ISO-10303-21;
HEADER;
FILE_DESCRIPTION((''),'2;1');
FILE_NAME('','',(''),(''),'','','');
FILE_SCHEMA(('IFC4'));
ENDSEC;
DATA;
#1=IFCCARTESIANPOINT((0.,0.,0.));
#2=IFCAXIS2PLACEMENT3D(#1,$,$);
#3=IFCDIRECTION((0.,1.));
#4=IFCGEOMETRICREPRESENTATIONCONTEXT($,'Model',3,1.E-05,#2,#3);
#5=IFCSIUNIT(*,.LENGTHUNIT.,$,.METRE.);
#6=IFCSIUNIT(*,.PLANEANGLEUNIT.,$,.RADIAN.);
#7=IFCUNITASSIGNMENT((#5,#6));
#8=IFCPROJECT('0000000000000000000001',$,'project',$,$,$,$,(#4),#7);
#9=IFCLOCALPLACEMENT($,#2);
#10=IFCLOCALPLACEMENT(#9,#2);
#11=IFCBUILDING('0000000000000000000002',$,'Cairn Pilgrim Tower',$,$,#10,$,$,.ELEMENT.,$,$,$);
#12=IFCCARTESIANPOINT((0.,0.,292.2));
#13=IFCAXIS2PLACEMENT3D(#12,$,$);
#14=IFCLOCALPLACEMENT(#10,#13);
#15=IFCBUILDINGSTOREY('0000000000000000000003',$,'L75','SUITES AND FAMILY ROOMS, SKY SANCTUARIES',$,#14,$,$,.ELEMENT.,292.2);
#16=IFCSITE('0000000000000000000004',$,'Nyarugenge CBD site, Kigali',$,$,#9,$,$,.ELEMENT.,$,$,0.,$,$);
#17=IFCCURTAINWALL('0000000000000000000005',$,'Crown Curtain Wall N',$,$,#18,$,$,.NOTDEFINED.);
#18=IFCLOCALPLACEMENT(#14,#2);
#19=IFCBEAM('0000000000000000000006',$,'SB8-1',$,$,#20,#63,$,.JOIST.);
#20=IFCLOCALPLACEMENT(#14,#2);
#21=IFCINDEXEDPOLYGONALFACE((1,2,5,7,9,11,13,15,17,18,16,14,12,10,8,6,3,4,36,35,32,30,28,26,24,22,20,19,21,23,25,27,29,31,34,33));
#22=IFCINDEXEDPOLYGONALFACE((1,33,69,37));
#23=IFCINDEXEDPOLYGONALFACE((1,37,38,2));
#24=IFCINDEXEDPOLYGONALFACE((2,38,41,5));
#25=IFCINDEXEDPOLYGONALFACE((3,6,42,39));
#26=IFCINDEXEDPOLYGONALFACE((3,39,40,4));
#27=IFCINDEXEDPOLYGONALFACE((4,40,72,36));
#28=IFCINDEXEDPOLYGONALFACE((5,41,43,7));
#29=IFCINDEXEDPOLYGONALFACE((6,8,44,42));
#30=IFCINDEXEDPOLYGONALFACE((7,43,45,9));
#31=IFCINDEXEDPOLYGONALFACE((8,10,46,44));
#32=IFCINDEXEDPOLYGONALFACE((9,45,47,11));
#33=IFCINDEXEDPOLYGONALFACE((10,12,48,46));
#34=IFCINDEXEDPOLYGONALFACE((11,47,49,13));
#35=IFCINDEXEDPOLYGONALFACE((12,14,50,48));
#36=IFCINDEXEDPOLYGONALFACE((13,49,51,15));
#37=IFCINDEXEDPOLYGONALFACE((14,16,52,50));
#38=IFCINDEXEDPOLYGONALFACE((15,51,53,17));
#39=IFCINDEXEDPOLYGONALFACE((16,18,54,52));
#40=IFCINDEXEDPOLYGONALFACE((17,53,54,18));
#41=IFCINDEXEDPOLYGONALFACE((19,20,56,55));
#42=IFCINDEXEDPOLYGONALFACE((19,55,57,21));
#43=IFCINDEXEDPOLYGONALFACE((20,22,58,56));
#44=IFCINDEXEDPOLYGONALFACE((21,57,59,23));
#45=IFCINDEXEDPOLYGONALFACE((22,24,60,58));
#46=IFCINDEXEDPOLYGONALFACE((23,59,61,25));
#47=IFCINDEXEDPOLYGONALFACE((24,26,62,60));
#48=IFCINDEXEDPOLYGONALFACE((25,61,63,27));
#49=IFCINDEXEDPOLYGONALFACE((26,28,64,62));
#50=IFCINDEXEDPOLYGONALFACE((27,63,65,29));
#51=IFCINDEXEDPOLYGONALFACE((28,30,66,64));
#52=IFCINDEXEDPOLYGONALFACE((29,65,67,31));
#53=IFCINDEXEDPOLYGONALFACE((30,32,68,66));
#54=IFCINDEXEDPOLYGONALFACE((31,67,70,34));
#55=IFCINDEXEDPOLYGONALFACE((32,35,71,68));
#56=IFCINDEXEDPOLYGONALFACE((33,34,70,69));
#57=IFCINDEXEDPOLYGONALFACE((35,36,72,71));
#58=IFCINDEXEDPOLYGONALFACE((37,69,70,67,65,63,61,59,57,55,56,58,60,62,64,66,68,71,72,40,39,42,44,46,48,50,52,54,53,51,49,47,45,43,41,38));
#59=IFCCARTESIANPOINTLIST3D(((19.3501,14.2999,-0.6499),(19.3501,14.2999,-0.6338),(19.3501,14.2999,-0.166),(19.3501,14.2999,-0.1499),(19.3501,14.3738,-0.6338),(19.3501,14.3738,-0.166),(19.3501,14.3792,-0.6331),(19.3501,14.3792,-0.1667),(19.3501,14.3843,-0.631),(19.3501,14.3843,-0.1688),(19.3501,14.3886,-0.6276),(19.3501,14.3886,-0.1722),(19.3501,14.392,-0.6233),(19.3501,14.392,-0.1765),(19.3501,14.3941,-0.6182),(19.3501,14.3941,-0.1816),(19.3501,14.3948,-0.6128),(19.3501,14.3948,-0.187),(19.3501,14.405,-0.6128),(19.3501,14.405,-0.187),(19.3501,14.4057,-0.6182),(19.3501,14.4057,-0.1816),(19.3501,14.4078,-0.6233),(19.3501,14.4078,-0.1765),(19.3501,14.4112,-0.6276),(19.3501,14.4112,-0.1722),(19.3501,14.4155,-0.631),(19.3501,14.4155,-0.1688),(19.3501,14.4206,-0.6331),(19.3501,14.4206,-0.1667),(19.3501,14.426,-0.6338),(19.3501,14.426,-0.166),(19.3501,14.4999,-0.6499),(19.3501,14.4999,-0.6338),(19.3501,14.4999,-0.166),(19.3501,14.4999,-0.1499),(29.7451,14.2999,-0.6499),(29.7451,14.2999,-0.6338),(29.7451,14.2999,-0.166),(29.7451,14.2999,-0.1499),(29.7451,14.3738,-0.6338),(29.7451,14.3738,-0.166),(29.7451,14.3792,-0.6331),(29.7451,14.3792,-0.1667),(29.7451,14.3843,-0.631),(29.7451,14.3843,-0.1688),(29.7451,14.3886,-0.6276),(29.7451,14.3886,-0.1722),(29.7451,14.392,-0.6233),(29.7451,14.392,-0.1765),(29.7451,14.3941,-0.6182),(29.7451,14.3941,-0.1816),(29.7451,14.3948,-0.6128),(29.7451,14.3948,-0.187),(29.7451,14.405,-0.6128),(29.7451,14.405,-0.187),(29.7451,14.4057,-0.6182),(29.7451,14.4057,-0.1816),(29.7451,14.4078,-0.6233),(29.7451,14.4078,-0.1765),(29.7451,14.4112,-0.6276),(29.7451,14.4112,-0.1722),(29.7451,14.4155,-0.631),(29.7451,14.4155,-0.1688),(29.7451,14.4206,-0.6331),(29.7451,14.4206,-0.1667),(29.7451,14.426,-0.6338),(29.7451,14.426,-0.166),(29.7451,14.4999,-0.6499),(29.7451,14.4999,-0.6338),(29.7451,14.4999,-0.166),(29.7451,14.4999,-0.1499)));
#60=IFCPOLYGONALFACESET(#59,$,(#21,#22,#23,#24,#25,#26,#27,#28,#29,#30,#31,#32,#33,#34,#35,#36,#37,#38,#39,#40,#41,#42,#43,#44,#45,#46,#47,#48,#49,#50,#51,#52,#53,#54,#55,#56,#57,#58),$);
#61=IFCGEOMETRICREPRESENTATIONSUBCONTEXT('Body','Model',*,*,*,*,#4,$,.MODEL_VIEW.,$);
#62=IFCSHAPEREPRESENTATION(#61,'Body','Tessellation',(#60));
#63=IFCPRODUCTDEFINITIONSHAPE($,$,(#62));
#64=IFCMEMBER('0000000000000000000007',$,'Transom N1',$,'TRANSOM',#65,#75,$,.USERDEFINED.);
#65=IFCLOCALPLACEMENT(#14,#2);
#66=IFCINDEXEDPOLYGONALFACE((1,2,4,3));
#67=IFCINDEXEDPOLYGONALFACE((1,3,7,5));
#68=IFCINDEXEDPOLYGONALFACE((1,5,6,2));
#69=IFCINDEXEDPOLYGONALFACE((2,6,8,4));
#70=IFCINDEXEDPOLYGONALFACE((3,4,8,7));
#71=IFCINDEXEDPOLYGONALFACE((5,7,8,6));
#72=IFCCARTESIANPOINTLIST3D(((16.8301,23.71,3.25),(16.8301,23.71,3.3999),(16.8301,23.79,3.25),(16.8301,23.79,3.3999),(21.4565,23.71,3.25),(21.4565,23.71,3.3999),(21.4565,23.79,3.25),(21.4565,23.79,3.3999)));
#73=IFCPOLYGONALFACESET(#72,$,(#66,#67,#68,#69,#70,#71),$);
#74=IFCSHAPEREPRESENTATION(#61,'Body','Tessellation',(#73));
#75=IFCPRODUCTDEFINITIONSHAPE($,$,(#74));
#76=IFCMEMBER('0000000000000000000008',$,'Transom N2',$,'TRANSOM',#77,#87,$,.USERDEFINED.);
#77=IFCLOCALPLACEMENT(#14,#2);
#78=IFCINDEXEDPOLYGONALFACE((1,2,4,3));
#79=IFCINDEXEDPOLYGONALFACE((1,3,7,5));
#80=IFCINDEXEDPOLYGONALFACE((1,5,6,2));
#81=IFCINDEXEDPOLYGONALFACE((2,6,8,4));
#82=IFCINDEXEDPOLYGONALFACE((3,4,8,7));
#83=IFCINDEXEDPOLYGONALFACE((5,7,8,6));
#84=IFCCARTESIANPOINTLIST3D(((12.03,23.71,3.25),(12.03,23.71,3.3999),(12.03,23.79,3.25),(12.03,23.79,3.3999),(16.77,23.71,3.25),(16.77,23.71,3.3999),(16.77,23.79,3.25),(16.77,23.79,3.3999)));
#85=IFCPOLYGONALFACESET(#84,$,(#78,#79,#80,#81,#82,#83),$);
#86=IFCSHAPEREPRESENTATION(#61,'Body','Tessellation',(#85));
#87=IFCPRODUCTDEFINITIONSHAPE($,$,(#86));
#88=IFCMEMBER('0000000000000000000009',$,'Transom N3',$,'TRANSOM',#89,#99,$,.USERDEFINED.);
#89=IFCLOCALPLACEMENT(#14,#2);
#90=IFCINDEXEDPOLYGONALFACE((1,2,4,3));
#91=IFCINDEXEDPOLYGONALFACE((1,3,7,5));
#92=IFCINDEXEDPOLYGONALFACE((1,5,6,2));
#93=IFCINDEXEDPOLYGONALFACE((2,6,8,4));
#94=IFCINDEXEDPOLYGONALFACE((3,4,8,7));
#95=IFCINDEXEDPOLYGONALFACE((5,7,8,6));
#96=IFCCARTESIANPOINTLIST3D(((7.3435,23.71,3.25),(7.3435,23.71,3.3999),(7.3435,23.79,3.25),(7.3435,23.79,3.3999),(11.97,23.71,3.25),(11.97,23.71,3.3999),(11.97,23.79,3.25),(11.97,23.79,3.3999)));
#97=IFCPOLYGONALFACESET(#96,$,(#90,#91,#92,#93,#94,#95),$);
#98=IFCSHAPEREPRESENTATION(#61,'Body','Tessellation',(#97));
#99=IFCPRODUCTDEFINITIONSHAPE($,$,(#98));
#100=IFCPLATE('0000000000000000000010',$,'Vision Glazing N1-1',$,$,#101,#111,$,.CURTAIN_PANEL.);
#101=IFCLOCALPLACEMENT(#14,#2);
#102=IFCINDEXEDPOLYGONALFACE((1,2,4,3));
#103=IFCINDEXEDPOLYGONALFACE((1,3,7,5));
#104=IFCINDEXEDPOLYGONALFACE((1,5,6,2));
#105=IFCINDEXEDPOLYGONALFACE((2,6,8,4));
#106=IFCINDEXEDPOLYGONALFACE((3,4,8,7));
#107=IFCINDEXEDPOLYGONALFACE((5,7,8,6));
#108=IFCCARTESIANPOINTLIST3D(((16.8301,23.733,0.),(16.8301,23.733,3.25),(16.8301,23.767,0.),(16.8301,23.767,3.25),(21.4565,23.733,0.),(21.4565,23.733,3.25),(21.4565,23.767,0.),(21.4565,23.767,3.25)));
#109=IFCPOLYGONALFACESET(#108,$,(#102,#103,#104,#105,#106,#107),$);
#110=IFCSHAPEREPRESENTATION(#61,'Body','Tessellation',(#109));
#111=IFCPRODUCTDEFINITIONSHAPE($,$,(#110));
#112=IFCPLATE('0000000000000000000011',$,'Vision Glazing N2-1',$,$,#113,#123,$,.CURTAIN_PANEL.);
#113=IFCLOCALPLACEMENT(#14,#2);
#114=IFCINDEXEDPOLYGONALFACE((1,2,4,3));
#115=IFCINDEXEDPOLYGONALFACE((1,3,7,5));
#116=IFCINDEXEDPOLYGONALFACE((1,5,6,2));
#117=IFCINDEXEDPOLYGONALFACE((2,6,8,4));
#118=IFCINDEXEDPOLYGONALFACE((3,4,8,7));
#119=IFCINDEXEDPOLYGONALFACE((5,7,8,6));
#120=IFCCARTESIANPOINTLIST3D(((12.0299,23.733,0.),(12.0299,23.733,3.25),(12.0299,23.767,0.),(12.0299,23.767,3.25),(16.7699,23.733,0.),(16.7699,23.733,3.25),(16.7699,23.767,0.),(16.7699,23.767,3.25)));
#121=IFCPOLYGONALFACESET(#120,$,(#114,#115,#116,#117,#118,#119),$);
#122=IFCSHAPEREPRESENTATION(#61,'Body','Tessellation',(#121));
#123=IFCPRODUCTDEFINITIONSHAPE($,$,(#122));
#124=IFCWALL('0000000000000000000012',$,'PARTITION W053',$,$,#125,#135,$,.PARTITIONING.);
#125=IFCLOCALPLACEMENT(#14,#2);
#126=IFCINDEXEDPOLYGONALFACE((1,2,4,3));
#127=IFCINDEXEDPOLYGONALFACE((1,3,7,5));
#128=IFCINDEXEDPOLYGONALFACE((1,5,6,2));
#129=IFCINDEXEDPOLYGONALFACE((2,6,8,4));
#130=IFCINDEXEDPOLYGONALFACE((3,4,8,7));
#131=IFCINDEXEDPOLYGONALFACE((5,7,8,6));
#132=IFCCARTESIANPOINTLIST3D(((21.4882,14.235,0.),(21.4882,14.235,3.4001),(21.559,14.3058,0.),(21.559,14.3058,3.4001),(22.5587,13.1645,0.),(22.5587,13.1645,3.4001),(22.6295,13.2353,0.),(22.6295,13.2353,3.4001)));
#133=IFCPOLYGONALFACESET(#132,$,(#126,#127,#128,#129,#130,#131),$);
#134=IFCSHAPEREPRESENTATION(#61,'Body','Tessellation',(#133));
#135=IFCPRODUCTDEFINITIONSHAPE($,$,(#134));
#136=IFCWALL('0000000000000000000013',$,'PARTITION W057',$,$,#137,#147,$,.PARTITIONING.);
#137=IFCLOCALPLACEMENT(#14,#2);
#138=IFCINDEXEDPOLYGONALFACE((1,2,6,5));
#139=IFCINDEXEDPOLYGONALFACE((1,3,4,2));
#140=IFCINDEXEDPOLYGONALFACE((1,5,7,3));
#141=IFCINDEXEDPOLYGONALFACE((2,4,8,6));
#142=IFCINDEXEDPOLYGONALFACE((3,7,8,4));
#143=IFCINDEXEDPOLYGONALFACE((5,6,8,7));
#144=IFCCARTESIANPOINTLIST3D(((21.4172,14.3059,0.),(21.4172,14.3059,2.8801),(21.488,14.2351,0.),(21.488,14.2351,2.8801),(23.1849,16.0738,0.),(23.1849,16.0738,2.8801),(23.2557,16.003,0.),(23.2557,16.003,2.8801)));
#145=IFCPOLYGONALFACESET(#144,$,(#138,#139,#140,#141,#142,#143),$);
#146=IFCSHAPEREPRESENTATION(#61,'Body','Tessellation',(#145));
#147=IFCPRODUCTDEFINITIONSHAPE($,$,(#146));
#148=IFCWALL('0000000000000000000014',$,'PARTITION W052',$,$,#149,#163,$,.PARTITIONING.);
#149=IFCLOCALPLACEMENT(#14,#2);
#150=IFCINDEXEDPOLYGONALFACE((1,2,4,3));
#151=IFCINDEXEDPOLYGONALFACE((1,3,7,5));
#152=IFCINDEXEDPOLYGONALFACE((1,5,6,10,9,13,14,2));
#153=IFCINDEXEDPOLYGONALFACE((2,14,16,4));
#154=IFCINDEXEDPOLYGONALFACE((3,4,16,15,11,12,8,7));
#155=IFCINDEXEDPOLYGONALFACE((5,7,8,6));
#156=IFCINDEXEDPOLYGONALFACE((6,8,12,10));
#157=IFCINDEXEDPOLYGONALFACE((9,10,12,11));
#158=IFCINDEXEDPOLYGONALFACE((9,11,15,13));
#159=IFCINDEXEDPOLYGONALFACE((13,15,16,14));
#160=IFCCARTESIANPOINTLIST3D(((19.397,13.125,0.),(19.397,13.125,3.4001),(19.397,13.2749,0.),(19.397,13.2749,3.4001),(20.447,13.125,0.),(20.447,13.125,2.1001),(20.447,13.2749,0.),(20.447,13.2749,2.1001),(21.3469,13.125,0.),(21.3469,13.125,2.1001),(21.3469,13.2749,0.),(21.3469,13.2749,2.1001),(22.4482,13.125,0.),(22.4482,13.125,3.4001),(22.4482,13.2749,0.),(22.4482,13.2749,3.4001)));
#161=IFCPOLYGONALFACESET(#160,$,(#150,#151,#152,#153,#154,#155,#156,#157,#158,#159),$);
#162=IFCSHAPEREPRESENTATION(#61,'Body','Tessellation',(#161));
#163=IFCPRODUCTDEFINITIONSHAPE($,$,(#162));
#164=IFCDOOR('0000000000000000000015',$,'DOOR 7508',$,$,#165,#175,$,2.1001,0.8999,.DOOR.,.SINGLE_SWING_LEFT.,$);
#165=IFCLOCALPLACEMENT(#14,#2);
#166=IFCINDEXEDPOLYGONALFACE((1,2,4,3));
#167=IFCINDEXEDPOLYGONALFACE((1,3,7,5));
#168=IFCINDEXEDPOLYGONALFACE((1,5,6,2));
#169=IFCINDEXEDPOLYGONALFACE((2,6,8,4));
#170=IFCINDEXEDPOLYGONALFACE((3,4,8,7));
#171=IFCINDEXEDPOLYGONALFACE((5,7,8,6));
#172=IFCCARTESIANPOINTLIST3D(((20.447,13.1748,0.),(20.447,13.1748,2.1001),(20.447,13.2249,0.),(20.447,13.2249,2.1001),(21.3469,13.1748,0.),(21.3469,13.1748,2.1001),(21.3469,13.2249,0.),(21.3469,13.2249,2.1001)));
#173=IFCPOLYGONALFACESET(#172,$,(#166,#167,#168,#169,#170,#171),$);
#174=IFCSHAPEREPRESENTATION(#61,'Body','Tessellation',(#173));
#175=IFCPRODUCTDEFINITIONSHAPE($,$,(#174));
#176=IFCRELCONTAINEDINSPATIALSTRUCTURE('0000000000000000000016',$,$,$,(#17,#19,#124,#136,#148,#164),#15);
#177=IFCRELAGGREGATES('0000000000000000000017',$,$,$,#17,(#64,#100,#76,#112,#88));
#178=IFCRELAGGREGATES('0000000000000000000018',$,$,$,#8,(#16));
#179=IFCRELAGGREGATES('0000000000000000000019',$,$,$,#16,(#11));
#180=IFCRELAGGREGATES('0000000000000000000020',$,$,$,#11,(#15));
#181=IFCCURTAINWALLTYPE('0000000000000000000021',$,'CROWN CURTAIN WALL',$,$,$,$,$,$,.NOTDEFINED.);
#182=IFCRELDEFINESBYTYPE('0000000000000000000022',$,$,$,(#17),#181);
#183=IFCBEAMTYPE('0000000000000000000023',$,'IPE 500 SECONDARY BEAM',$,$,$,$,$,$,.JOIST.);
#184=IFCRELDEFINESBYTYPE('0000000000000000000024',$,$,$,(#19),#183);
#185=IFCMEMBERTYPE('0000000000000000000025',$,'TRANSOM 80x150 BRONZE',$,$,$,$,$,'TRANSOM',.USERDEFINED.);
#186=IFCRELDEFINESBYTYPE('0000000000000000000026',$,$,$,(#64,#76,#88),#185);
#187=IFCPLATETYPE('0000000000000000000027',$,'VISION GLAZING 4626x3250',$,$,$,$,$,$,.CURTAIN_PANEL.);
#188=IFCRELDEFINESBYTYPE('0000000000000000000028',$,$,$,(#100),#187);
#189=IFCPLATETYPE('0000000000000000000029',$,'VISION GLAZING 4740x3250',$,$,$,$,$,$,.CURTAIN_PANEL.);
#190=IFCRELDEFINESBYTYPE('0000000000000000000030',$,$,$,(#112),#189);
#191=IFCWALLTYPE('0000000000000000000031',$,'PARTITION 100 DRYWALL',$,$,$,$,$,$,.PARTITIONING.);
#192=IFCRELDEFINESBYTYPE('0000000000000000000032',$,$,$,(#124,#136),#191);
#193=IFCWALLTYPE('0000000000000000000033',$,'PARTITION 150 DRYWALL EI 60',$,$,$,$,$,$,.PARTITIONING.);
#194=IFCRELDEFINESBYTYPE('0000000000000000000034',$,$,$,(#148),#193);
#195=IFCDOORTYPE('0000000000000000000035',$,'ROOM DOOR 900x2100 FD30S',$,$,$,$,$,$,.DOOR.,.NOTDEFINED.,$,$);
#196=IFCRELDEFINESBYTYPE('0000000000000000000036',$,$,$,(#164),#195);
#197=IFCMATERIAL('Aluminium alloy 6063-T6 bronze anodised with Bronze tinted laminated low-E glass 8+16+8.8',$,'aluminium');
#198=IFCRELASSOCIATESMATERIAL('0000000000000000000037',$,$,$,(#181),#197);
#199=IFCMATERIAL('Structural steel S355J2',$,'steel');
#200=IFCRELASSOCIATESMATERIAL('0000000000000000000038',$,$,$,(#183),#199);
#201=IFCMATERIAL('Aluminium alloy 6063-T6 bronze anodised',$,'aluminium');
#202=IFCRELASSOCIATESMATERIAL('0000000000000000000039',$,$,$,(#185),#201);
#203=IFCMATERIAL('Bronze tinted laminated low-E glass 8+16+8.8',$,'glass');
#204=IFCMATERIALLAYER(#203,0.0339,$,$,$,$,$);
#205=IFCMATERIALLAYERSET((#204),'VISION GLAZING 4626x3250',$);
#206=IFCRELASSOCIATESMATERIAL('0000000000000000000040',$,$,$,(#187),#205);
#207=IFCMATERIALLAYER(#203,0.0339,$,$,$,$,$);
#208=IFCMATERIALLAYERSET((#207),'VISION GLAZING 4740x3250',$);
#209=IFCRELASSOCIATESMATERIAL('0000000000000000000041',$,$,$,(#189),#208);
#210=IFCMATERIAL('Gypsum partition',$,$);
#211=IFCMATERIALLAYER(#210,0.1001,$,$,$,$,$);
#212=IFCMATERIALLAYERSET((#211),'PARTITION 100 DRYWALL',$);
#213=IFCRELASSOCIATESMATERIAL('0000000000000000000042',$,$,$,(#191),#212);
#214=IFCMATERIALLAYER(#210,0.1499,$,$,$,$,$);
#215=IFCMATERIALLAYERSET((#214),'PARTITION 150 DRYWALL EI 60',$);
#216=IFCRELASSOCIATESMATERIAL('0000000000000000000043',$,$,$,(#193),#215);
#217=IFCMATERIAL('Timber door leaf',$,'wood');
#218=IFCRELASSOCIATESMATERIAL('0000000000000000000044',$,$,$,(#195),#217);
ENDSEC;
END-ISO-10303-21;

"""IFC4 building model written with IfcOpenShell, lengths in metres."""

from ifc_helpers import new_model, si_unit, direction, frame, frame_2d, origin, origin_2d, place, context, subcontext, project, spatial, rectangle, i_section, extrude, material, layer, layer_set, material_profile, profile_set, type_object, element, fill, aggregate, save


model = new_model("IFC4")

# Units and contexts
model_context = context("Model", 3, precision=1e-05, world=origin(), true_north=direction((0.0, 1.0)))
body_context = subcontext(model_context, "Body", "Model", "MODEL_VIEW")
ifc_project = project(units=[si_unit("LENGTHUNIT", "METRE"), si_unit("PLANEANGLEUNIT", "RADIAN")], contexts=[model_context])

# Site, building, storey
site_placement = place(None, origin())
site = spatial("IfcSite", under=ifc_project, at=site_placement, Name="Nyarugenge CBD site, Kigali", CompositionType="ELEMENT", RefElevation=0.0)
building_placement = place(site_placement, origin())
building = spatial("IfcBuilding", under=site, at=building_placement, Name="Cairn Pilgrim Tower", CompositionType="ELEMENT")
storey_placement = place(building_placement, frame((0.0, 0.0, 292.2)))
storey = spatial("IfcBuildingStorey", under=building, at=storey_placement, Name="L75", Description="SUITES AND FAMILY ROOMS, SKY SANCTUARIES", CompositionType="ELEMENT", Elevation=292.2)

# Shared definitions
ifc_material_1 = material(Name="Structural steel S355J2", Category="steel")

# Curtain wall
ifc_material_2 = material(Name="Aluminium alloy 6063-T6 bronze anodised with Bronze tinted laminated low-E glass 8+16+8.8", Category="aluminium")
curtain_wall_type = type_object("IfcCurtainWallType", Name="CROWN CURTAIN WALL", PredefinedType="NOTDEFINED", material=ifc_material_2)
curtain_wall_placement = place(storey_placement, origin())
curtain_wall = element("IfcCurtainWall", 1, at=curtain_wall_placement, inside=storey, type_object=curtain_wall_type, Name="Crown Curtain Wall N", PredefinedType="NOTDEFINED")
ifc_material_3 = material(Name="Aluminium alloy 6063-T6 bronze anodised", Category="aluminium")

# Beam
ifc_material_profile_1 = material_profile(ifc_material_1, i_section(OverallWidth=0.2, OverallDepth=0.5, WebThickness=0.0103, FlangeThickness=0.0161, FilletRadius=0.021, at=origin_2d()), Name="IPE 500")
ifc_profile_set_1 = profile_set([ifc_material_profile_1], Name="Structural steel S355J2")
beam_type_1 = type_object("IfcBeamType", Name="IPE 500 SECONDARY BEAM", PredefinedType="JOIST", material=ifc_profile_set_1)
beam_1_placement = place(storey_placement, frame((19.3501, 14.3999, -0.3999), z_axis=(1.0, 0.0, 0.0), x_axis=(0.0, 1.0, 0.0)))
element("IfcBeam", 2, at=beam_1_placement, inside=storey, type_object=beam_type_1, Name="SB8-1", PredefinedType="JOIST", context=body_context, shape_type="SweptSolid", body=[
    extrude(i_section(OverallWidth=0.2, OverallDepth=0.5, WebThickness=0.0103, FlangeThickness=0.0161, FilletRadius=0.021, at=origin_2d()), origin(), (0.0, 0.0, 1.0), 10.395),
])

# Members
ifc_material_profile_2 = material_profile(ifc_material_3, rectangle(XDim=0.0801, YDim=0.1499, at=origin_2d()), Name="TRANSOM 80x150 BRONZE")
ifc_profile_set_2 = profile_set([ifc_material_profile_2], Name="Aluminium alloy 6063-T6 bronze anodised")
member_type_1 = type_object("IfcMemberType", Name="TRANSOM 80x150 BRONZE", ElementType="TRANSOM", PredefinedType="USERDEFINED", material=ifc_profile_set_2)
member_1_placement = place(storey_placement, frame((21.4565, 23.75, 3.325), z_axis=(-1.0, 0.0, 0.0), x_axis=(0.0, -1.0, 0.0)))
member_1 = element("IfcMember", 3, at=member_1_placement, type_object=member_type_1, Name="Transom N1", ObjectType="TRANSOM", PredefinedType="USERDEFINED", context=body_context, shape_type="SweptSolid", body=[
    extrude(rectangle(XDim=0.0801, YDim=0.1499, at=origin_2d()), origin(), (0.0, 0.0, 1.0), 4.6265),
])
member_2_placement = place(storey_placement, frame((16.77, 23.75, 3.325), z_axis=(-1.0, 0.0, 0.0), x_axis=(0.0, -1.0, 0.0)))
member_2 = element("IfcMember", 4, at=member_2_placement, type_object=member_type_1, Name="Transom N2", ObjectType="TRANSOM", PredefinedType="USERDEFINED", context=body_context, shape_type="SweptSolid", body=[
    extrude(rectangle(XDim=0.0801, YDim=0.1499, at=origin_2d()), origin(), (0.0, 0.0, 1.0), 4.74),
])
member_3_placement = place(storey_placement, frame((11.97, 23.75, 3.325), z_axis=(-1.0, 0.0, 0.0), x_axis=(0.0, -1.0, 0.0)))
member_3 = element("IfcMember", 5, at=member_3_placement, type_object=member_type_1, Name="Transom N3", ObjectType="TRANSOM", PredefinedType="USERDEFINED", context=body_context, shape_type="SweptSolid", body=[
    extrude(rectangle(XDim=0.0801, YDim=0.1499, at=origin_2d()), origin(), (0.0, 0.0, 1.0), 4.6265),
])

# Plates
ifc_material_4 = material(Name="Bronze tinted laminated low-E glass 8+16+8.8", Category="glass")
ifc_layer_1 = layer(ifc_material_4, 0.0339)
ifc_layer_set_1 = layer_set([ifc_layer_1], Name="VISION GLAZING 4626x3250")
plate_type_1 = type_object("IfcPlateType", Name="VISION GLAZING 4626x3250", PredefinedType="CURTAIN_PANEL", material=ifc_layer_set_1)
plate_1_placement = place(storey_placement, frame((19.1433, 23.75, 0.0), z_axis=(0.0, 0.0, 1.0), x_axis=(-1.0, 0.0, 0.0)))
plate_1 = element("IfcPlate", 6, at=plate_1_placement, type_object=plate_type_1, Name="Vision Glazing N1-1", PredefinedType="CURTAIN_PANEL", context=body_context, shape_type="SweptSolid", body=[
    extrude(rectangle(XDim=4.6265, YDim=0.0339, at=origin_2d()), origin(), (0.0, 0.0, 1.0), 3.25),
])
ifc_layer_2 = layer(ifc_material_4, 0.0339)
ifc_layer_set_2 = layer_set([ifc_layer_2], Name="VISION GLAZING 4740x3250")
plate_type_2 = type_object("IfcPlateType", Name="VISION GLAZING 4740x3250", PredefinedType="CURTAIN_PANEL", material=ifc_layer_set_2)
plate_2_placement = place(storey_placement, frame((14.3999, 23.75, 0.0), z_axis=(0.0, 0.0, 1.0), x_axis=(-1.0, 0.0, 0.0)))
plate_2 = element("IfcPlate", 7, at=plate_2_placement, type_object=plate_type_2, Name="Vision Glazing N2-1", PredefinedType="CURTAIN_PANEL", context=body_context, shape_type="SweptSolid", body=[
    extrude(rectangle(XDim=4.74, YDim=0.0339, at=origin_2d()), origin(), (0.0, 0.0, 1.0), 3.25),
])
aggregate(curtain_wall, [member_1, plate_1, member_2, plate_2, member_3])

# Walls
ifc_material_5 = material(Name="Gypsum partition")
ifc_layer_3 = layer(ifc_material_5, 0.1001)
ifc_layer_set_3 = layer_set([ifc_layer_3], Name="PARTITION 100 DRYWALL")
wall_type_1 = type_object("IfcWallType", Name="PARTITION 100 DRYWALL", PredefinedType="PARTITIONING", material=ifc_layer_set_3)
wall_1_placement = place(storey_placement, frame((22.594, 13.2, 0.0), z_axis=(0.0, 0.0, 1.0), x_axis=(-0.707107, 0.707107, 0.0)))
element("IfcWall", 8, at=wall_1_placement, inside=storey, type_object=wall_type_1, Name="PARTITION W053", PredefinedType="PARTITIONING", context=body_context, shape_type="SweptSolid", body=[
    extrude(rectangle(XDim=1.5139, YDim=0.1001, at=frame_2d((0.7568, 0.0))), origin(), (0.0, 0.0, 1.0), 3.4001),
])
wall_2_placement = place(storey_placement, frame((21.4526, 14.2705, 0.0), z_axis=(0.0, 0.0, 1.0), x_axis=(0.707058, 0.707156, 0.0)))
element("IfcWall", 9, at=wall_2_placement, inside=storey, type_object=wall_type_1, Name="PARTITION W057", PredefinedType="PARTITIONING", context=body_context, shape_type="SweptSolid", body=[
    extrude(rectangle(XDim=2.5, YDim=0.1001, at=frame_2d((1.25, 0.0))), origin(), (0.0, 0.0, 1.0), 2.8801),
])

# Wall, opening, door
ifc_layer_4 = layer(ifc_material_5, 0.1499)
ifc_layer_set_4 = layer_set([ifc_layer_4], Name="PARTITION 150 DRYWALL EI 60")
wall_type_2 = type_object("IfcWallType", Name="PARTITION 150 DRYWALL EI 60", PredefinedType="PARTITIONING", material=ifc_layer_set_4)
wall_3_placement = place(storey_placement, frame((19.397, 13.2, 0.0), z_axis=(0.0, 0.0, 1.0), x_axis=(1.0, 0.0, 0.0)))
wall_3 = element("IfcWall", 10, at=wall_3_placement, inside=storey, type_object=wall_type_2, Name="PARTITION W052", PredefinedType="PARTITIONING", context=body_context, shape_type="SweptSolid", body=[
    extrude(rectangle(XDim=3.0513, YDim=0.1499, at=frame_2d((1.5256, 0.0))), origin(), (0.0, 0.0, 1.0), 3.4001),
])
opening_placement = place(wall_3_placement, frame((1.05, 0.0, 0.0)))
opening = element("IfcOpeningElement", 11, at=opening_placement, cuts=wall_3, PredefinedType="OPENING", context=body_context, shape_type="SweptSolid", body=[
    extrude(rectangle(XDim=0.8999, YDim=2.1001, at=frame_2d((0.45, 1.05))), frame((0.0, 0.085, 0.0), z_axis=(0.0, -1.0, 0.0), x_axis=(1.0, 0.0, 0.0)), (0.0, 0.0, 1.0), 0.1699),
])
ifc_material_6 = material(Name="Timber door leaf", Category="wood")
door_type = type_object("IfcDoorType", Name="ROOM DOOR 900x2100 FD30S", OperationType="NOTDEFINED", PredefinedType="DOOR", material=ifc_material_6)
door_placement = place(opening_placement, origin())
door = element("IfcDoor", 12, at=door_placement, inside=storey, type_object=door_type, Name="DOOR 7508", OperationType="SINGLE_SWING_LEFT", OverallHeight=2.1001, OverallWidth=0.8999, PredefinedType="DOOR", context=body_context, shape_type="SweptSolid", body=[
    extrude(rectangle(XDim=0.8999, YDim=2.1001, at=frame_2d((0.45, 1.05))), frame((0.0, 0.0249, 0.0), z_axis=(0.0, -1.0, 0.0), x_axis=(1.0, 0.0, 0.0)), (0.0, 0.0, 1.0), 0.05),
])
fill(opening, door)

save(model, "model.ifc")
